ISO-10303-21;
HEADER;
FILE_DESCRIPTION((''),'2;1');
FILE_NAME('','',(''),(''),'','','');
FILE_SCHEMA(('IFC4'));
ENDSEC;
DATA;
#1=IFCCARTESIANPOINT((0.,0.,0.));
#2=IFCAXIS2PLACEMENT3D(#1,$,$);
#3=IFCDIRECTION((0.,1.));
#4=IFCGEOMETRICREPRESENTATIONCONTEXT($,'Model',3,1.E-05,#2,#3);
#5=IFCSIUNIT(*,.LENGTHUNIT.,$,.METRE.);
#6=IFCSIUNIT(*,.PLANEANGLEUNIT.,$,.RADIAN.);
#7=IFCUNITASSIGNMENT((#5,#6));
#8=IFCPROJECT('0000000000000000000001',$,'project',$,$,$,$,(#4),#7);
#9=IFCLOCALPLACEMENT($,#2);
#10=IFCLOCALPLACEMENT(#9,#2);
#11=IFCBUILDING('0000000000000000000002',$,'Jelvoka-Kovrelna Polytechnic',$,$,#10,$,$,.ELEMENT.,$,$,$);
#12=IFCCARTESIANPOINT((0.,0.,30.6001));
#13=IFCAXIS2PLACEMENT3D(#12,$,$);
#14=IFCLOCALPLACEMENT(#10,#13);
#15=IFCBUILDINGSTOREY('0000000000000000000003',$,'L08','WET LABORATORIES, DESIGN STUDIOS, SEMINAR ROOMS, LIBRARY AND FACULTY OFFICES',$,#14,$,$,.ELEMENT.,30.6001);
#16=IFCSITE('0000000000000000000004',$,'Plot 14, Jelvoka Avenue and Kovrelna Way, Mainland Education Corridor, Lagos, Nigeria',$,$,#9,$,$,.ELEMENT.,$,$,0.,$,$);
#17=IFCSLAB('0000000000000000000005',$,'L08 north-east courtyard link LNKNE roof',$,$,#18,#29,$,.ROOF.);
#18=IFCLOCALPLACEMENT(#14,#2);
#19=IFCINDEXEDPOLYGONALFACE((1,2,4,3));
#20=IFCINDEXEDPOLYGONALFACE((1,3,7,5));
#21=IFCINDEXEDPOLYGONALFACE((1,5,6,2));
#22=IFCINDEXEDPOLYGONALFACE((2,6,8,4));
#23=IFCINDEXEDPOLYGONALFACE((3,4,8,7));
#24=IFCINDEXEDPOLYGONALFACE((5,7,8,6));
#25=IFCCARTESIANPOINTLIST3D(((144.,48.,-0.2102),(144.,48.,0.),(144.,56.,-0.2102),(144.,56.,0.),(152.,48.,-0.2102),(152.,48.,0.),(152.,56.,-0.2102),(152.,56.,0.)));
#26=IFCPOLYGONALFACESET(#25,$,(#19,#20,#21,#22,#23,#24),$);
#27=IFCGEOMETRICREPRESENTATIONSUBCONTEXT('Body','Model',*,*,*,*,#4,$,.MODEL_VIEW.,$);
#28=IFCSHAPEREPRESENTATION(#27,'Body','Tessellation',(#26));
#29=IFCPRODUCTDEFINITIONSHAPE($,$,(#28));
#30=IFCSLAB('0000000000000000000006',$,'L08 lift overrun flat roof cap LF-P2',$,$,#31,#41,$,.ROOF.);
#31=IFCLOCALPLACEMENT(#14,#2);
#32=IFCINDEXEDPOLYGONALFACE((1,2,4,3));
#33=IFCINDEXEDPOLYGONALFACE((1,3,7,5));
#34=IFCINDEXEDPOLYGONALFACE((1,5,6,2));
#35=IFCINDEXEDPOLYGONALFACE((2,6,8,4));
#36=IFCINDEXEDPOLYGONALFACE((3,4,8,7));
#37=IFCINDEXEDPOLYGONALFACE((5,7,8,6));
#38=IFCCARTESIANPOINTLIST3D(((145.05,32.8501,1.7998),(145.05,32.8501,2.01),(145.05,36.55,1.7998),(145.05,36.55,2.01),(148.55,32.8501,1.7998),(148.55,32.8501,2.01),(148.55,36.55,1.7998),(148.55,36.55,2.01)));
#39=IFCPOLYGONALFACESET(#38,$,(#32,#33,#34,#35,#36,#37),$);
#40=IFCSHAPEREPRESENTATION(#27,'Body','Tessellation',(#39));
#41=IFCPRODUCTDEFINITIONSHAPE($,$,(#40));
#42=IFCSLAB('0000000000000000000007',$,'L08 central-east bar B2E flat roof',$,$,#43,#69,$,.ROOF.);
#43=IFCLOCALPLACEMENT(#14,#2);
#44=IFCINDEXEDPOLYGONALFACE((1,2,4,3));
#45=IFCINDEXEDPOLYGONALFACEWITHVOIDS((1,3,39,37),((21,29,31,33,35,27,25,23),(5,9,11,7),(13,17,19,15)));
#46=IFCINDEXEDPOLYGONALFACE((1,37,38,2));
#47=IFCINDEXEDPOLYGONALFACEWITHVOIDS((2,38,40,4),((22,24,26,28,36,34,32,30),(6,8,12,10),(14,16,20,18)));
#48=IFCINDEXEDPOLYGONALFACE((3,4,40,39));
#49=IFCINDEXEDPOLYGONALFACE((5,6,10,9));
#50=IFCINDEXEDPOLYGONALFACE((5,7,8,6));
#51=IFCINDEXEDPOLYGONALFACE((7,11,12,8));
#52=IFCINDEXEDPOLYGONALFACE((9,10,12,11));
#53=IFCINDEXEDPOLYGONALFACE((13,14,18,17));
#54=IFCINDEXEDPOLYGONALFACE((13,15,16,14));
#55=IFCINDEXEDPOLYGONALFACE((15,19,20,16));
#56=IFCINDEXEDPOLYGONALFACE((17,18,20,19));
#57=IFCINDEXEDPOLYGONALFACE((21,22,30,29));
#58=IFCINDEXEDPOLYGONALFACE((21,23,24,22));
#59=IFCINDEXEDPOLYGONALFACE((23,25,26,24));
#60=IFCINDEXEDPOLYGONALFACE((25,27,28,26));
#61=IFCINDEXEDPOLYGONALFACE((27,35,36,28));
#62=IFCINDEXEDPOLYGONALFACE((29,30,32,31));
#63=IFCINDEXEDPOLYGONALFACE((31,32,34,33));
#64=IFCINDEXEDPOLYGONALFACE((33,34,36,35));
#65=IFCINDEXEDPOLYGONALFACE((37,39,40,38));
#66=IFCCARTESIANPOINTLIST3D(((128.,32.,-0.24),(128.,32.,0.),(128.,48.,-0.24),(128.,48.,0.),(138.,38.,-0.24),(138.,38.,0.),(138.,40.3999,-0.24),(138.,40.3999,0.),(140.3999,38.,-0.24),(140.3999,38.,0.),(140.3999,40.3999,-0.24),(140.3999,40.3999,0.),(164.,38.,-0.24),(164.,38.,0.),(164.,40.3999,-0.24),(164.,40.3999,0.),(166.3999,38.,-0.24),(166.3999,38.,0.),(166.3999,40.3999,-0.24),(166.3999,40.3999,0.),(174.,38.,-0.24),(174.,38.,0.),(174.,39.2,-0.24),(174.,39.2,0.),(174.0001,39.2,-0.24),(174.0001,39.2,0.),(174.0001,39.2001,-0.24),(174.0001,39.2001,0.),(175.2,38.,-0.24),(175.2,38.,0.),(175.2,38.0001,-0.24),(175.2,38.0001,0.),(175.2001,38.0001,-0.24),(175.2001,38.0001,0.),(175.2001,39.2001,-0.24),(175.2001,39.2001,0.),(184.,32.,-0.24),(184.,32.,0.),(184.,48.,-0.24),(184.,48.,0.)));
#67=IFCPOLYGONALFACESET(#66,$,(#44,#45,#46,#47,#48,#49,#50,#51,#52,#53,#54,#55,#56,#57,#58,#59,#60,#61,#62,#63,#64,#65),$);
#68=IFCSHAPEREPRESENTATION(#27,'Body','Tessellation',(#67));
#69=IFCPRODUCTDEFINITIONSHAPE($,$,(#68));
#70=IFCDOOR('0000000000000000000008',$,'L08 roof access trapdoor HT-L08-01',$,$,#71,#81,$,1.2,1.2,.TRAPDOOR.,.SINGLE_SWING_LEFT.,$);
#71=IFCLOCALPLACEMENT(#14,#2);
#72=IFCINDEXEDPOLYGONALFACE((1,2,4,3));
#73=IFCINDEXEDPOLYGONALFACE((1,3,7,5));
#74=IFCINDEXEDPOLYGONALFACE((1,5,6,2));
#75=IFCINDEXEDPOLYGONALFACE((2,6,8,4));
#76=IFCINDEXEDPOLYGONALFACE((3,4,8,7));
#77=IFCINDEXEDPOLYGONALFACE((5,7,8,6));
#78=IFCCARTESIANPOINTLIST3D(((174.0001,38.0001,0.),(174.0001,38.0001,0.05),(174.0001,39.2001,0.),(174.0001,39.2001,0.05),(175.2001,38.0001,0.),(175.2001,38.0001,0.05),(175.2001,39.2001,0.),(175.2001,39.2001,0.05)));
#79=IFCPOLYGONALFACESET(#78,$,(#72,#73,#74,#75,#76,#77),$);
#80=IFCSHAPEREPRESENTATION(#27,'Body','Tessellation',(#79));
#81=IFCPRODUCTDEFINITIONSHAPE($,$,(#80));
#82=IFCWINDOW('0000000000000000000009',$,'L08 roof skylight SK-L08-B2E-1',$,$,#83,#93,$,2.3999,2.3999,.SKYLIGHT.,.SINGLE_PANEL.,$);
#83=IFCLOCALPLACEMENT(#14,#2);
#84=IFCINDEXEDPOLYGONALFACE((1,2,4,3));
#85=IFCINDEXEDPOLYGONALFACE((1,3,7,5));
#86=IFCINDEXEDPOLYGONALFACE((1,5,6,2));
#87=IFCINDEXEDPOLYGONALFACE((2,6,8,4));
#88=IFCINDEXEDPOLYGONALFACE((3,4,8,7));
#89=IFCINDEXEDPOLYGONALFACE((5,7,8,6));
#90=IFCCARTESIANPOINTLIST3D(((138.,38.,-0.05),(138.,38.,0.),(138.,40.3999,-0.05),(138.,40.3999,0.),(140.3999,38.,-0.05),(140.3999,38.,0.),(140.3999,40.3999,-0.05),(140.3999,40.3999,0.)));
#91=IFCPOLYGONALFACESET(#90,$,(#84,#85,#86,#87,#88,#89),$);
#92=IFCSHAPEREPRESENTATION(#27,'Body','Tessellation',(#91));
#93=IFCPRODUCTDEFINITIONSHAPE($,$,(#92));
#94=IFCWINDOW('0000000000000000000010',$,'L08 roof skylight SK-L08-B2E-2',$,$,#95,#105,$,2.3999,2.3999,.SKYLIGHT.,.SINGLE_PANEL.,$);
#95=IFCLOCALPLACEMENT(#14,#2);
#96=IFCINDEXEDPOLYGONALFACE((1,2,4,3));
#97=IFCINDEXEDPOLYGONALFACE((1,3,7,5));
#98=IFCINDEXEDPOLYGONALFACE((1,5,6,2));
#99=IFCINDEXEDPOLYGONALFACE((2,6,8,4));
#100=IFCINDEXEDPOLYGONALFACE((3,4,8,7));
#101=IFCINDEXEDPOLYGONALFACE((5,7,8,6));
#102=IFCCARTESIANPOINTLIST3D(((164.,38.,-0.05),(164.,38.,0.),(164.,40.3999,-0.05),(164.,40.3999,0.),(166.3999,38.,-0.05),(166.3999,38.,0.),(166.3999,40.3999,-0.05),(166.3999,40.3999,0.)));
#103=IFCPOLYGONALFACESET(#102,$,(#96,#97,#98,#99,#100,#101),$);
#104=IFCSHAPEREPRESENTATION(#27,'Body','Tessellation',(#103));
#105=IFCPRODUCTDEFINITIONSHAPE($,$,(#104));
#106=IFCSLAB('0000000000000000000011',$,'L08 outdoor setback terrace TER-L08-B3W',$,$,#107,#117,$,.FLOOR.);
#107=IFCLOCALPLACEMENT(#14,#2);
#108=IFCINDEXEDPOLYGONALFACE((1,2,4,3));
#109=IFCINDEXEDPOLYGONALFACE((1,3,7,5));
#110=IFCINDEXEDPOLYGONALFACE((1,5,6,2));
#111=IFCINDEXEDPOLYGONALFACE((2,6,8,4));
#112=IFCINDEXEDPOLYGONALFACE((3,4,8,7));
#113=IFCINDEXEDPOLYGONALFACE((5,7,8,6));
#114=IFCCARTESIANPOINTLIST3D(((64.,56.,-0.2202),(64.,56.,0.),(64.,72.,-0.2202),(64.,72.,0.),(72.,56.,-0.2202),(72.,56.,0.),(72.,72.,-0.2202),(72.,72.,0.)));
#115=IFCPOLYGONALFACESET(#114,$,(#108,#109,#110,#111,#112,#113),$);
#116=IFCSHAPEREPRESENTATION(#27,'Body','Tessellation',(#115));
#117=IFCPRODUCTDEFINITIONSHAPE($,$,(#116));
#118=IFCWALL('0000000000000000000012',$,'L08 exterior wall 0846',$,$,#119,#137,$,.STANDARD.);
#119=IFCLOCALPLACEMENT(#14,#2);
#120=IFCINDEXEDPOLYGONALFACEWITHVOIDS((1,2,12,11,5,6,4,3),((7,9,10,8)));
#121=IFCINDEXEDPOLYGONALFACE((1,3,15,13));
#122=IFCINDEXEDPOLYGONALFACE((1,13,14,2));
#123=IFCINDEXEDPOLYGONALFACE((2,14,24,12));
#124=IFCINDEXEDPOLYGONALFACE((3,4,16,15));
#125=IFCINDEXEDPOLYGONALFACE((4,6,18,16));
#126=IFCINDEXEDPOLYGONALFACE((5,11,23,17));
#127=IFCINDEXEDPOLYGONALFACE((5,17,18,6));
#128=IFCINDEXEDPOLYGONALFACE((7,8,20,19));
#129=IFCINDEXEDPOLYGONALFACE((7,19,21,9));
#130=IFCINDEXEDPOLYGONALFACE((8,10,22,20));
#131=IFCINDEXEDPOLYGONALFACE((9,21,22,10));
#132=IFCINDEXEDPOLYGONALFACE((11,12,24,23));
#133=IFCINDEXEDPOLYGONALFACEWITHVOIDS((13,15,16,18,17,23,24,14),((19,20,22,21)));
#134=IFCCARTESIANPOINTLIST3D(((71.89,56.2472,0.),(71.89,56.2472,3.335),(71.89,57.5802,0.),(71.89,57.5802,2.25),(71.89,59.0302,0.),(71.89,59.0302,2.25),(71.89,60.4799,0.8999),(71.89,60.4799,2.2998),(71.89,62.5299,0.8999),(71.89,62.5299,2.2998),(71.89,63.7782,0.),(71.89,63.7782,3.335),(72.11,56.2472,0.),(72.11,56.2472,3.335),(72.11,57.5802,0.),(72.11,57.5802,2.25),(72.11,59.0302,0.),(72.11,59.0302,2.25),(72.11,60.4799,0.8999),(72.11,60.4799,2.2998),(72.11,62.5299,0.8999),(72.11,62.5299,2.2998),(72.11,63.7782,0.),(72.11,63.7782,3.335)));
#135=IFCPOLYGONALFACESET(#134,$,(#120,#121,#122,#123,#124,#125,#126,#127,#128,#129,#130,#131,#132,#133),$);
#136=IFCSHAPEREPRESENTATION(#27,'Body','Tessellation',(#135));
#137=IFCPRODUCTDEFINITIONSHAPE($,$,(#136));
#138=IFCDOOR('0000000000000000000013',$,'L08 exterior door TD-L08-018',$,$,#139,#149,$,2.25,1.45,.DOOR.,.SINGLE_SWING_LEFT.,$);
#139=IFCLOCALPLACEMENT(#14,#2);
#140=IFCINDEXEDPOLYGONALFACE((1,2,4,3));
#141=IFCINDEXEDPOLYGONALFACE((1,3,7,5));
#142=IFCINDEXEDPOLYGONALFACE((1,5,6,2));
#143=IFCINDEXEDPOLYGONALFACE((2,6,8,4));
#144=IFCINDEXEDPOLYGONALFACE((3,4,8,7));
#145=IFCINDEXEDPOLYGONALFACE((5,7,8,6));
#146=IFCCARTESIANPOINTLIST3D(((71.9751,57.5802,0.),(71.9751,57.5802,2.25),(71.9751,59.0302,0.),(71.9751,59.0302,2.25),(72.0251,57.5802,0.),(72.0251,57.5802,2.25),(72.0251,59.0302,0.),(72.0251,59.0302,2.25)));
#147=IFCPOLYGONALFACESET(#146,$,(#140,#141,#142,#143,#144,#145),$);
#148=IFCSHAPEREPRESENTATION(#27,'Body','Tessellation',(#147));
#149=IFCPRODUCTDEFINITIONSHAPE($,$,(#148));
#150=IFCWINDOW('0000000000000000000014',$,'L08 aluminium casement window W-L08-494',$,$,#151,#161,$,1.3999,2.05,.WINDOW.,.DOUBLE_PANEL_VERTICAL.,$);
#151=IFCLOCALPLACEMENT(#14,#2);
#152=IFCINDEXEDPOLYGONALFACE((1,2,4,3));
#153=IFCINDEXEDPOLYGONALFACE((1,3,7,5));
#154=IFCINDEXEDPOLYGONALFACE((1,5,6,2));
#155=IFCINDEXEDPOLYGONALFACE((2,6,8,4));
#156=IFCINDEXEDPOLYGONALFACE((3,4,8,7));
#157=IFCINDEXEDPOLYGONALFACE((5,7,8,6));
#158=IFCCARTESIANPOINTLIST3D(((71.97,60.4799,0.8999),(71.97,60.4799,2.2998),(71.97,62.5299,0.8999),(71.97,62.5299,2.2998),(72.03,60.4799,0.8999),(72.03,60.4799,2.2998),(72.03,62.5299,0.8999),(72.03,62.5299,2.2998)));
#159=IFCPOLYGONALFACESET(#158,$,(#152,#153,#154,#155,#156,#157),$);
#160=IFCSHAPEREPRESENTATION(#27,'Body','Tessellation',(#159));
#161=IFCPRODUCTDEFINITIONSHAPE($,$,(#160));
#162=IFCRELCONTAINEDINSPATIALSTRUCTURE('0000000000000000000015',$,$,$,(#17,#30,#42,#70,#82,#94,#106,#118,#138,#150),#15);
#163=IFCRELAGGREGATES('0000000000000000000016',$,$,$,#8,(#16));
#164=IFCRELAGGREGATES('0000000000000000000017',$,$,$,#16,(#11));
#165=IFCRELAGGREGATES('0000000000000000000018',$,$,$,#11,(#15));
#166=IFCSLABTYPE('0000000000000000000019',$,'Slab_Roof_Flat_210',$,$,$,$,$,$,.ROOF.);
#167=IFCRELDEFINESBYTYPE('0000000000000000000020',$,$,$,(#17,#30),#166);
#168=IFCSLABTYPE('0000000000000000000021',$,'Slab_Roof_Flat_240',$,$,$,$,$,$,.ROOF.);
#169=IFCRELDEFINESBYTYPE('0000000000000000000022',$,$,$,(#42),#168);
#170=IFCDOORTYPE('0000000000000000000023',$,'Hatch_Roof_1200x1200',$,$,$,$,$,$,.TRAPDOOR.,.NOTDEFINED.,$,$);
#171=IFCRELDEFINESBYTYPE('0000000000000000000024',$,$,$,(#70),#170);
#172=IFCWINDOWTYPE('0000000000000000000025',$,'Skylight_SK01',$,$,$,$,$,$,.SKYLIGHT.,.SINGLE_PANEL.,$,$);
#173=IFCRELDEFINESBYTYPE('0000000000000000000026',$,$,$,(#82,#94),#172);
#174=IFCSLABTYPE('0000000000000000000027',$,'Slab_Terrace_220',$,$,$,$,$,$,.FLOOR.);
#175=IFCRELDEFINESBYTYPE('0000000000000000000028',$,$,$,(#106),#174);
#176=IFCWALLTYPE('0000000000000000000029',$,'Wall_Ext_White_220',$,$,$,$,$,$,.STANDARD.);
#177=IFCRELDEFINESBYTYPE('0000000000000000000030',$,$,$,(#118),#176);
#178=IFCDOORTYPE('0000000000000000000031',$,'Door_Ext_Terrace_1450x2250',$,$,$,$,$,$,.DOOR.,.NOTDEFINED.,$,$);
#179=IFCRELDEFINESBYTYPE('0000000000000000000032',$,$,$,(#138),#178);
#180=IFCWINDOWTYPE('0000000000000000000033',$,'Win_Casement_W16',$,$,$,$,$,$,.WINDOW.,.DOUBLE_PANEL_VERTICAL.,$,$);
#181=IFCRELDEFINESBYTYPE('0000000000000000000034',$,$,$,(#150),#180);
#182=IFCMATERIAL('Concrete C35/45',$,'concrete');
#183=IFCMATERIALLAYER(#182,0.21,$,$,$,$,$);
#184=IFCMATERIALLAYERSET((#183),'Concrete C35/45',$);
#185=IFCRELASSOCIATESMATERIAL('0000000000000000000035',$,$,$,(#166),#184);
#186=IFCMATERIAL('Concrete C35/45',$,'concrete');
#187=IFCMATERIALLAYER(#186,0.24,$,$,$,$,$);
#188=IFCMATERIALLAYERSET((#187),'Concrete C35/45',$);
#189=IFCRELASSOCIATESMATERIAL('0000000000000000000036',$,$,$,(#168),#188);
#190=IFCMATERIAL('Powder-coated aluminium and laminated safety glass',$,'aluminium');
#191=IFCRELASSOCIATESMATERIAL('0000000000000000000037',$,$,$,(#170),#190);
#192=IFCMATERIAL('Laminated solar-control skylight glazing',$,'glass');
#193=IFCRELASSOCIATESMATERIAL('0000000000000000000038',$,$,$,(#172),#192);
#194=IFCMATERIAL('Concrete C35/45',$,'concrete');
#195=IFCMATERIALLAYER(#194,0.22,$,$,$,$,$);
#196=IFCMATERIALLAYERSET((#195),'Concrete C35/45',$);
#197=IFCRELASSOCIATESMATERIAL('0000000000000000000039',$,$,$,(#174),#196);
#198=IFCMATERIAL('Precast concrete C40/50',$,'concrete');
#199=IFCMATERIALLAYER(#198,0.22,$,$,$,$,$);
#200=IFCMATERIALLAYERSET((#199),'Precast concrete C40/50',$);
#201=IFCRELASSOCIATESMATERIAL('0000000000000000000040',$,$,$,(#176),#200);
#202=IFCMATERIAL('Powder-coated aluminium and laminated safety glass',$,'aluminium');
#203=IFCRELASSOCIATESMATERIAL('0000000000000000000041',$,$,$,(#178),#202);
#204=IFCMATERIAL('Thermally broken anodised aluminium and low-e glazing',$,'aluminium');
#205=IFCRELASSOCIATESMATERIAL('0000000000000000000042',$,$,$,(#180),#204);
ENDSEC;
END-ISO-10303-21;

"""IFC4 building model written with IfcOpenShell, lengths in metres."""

from ifc_helpers import new_model, si_unit, direction, frame, frame_2d, origin, origin_2d, place, context, subcontext, project, spatial, polyline, rectangle, outline, extrude, material, layer, layer_set, type_object, element, fill, save


model = new_model("IFC4")

# Units and contexts
model_context = context("Model", 3, precision=1e-05, world=origin(), true_north=direction((0.0, 1.0)))
body_context = subcontext(model_context, "Body", "Model", "MODEL_VIEW")
ifc_project = project(units=[si_unit("LENGTHUNIT", "METRE"), si_unit("PLANEANGLEUNIT", "RADIAN")], contexts=[model_context])

# Site, building, storey
site_placement = place(None, origin())
site = spatial("IfcSite", under=ifc_project, at=site_placement, Name="Plot 14, Jelvoka Avenue and Kovrelna Way, Mainland Education Corridor, Lagos, Nigeria", CompositionType="ELEMENT", RefElevation=0.0)
building_placement = place(site_placement, origin())
building = spatial("IfcBuilding", under=site, at=building_placement, Name="Jelvoka-Kovrelna Polytechnic", CompositionType="ELEMENT")
storey_placement = place(building_placement, frame((0.0, 0.0, 30.6001)))
storey = spatial("IfcBuildingStorey", under=building, at=storey_placement, Name="L08", Description="WET LABORATORIES, DESIGN STUDIOS, SEMINAR ROOMS, LIBRARY AND FACULTY OFFICES", CompositionType="ELEMENT", Elevation=30.6001)

# Slabs
ifc_material_1 = material(Name="Concrete C35/45", Category="concrete")
ifc_layer_1 = layer(ifc_material_1, 0.21)
ifc_layer_set_1 = layer_set([ifc_layer_1], Name="Concrete C35/45")
slab_type_1 = type_object("IfcSlabType", Name="Slab_Roof_Flat_210", PredefinedType="ROOF", material=ifc_layer_set_1)
slab_1_placement = place(storey_placement, frame((0.0, 0.0, -0.2102)))
element("IfcSlab", 1, at=slab_1_placement, inside=storey, type_object=slab_type_1, Name="L08 north-east courtyard link LNKNE roof", PredefinedType="ROOF", context=body_context, shape_type="SweptSolid", body=[
    extrude(outline(polyline([(144.0, 48.0), (152.0, 48.0), (152.0, 56.0), (144.0, 56.0), (144.0, 48.0)])), origin(), (0.0, 0.0, 1.0), 0.2102),
])
slab_2_placement = place(storey_placement, frame((0.0, 0.0, 1.7998)))
element("IfcSlab", 2, at=slab_2_placement, inside=storey, type_object=slab_type_1, Name="L08 lift overrun flat roof cap LF-P2", PredefinedType="ROOF", context=body_context, shape_type="SweptSolid", body=[
    extrude(outline(polyline([(145.05, 32.8501), (148.55, 32.8501), (148.55, 36.55), (145.05, 36.55), (145.05, 32.8501)])), origin(), (0.0, 0.0, 1.0), 0.2102),
])

# Slab, openings, door, windows
ifc_material_2 = material(Name="Concrete C35/45", Category="concrete")
ifc_layer_2 = layer(ifc_material_2, 0.24)
ifc_layer_set_2 = layer_set([ifc_layer_2], Name="Concrete C35/45")
slab_type_2 = type_object("IfcSlabType", Name="Slab_Roof_Flat_240", PredefinedType="ROOF", material=ifc_layer_set_2)
slab_3_placement = place(storey_placement, frame((0.0, 0.0, -0.24)))
slab_3 = element("IfcSlab", 3, at=slab_3_placement, inside=storey, type_object=slab_type_2, Name="L08 central-east bar B2E flat roof", PredefinedType="ROOF", context=body_context, shape_type="SweptSolid", body=[
    extrude(outline(polyline([(128.0, 32.0), (184.0, 32.0), (184.0, 48.0), (128.0, 48.0), (128.0, 32.0)]), holes=[polyline([(138.0, 38.0), (140.3999, 38.0), (140.3999, 40.3999), (138.0, 40.3999), (138.0, 38.0)]), polyline([(164.0, 38.0), (166.3999, 38.0), (166.3999, 40.3999), (164.0, 40.3999), (164.0, 38.0)]), polyline([(174.0, 38.0), (175.2, 38.0), (175.2, 39.2), (174.0, 39.2), (174.0, 38.0)])]), origin(), (0.0, 0.0, 1.0), 0.24),
])
opening_1_placement = place(slab_3_placement, frame((139.2, 39.2, 0.0)))
opening_1 = element("IfcOpeningElement", 4, at=opening_1_placement, cuts=slab_3, PredefinedType="OPENING", context=body_context, shape_type="SweptSolid", body=[
    extrude(rectangle(XDim=2.3999, YDim=2.3999, at=origin_2d()), frame((0.0, 0.0, -0.01)), (0.0, 0.0, 1.0), 0.26),
])
opening_2_placement = place(slab_3_placement, frame((165.2, 39.2, 0.0)))
opening_2 = element("IfcOpeningElement", 5, at=opening_2_placement, cuts=slab_3, PredefinedType="OPENING", context=body_context, shape_type="SweptSolid", body=[
    extrude(rectangle(XDim=2.3999, YDim=2.3999, at=origin_2d()), frame((0.0, 0.0, -0.01)), (0.0, 0.0, 1.0), 0.26),
])
opening_3_placement = place(slab_3_placement, frame((174.6001, 38.6001, 0.0)))
opening_3 = element("IfcOpeningElement", 6, at=opening_3_placement, cuts=slab_3, PredefinedType="OPENING", context=body_context, shape_type="SweptSolid", body=[
    extrude(rectangle(XDim=1.2, YDim=1.2, at=origin_2d()), frame((0.0, 0.0, -0.01)), (0.0, 0.0, 1.0), 0.3101),
])
ifc_material_3 = material(Name="Powder-coated aluminium and laminated safety glass", Category="aluminium")
door_type_1 = type_object("IfcDoorType", Name="Hatch_Roof_1200x1200", OperationType="NOTDEFINED", PredefinedType="TRAPDOOR", material=ifc_material_3)
door_1_placement = place(opening_3_placement, frame((0.0, 0.0, 0.24)))
door_1 = element("IfcDoor", 7, at=door_1_placement, inside=storey, type_object=door_type_1, Name="L08 roof access trapdoor HT-L08-01", OperationType="SINGLE_SWING_LEFT", OverallHeight=1.2, OverallWidth=1.2, PredefinedType="TRAPDOOR", context=body_context, shape_type="SweptSolid", body=[
    extrude(rectangle(XDim=1.2, YDim=1.2, at=origin_2d()), origin(), (0.0, 0.0, 1.0), 0.05),
])
fill(opening_3, door_1)
ifc_material_4 = material(Name="Laminated solar-control skylight glazing", Category="glass")
window_type_1 = type_object("IfcWindowType", Name="Skylight_SK01", PartitioningType="SINGLE_PANEL", PredefinedType="SKYLIGHT", material=ifc_material_4)
window_1_placement = place(opening_1_placement, frame((0.0, 0.0, 0.1899)))
window_1 = element("IfcWindow", 8, at=window_1_placement, inside=storey, type_object=window_type_1, Name="L08 roof skylight SK-L08-B2E-1", OverallHeight=2.3999, OverallWidth=2.3999, PartitioningType="SINGLE_PANEL", PredefinedType="SKYLIGHT", context=body_context, shape_type="SweptSolid", body=[
    extrude(rectangle(XDim=2.3999, YDim=2.3999, at=origin_2d()), origin(), (0.0, 0.0, 1.0), 0.05),
])
fill(opening_1, window_1)
window_2_placement = place(opening_2_placement, frame((0.0, 0.0, 0.1899)))
window_2 = element("IfcWindow", 9, at=window_2_placement, inside=storey, type_object=window_type_1, Name="L08 roof skylight SK-L08-B2E-2", OverallHeight=2.3999, OverallWidth=2.3999, PartitioningType="SINGLE_PANEL", PredefinedType="SKYLIGHT", context=body_context, shape_type="SweptSolid", body=[
    extrude(rectangle(XDim=2.3999, YDim=2.3999, at=origin_2d()), origin(), (0.0, 0.0, 1.0), 0.05),
])
fill(opening_2, window_2)

# Slab
ifc_material_5 = material(Name="Concrete C35/45", Category="concrete")
ifc_layer_3 = layer(ifc_material_5, 0.22)
ifc_layer_set_3 = layer_set([ifc_layer_3], Name="Concrete C35/45")
slab_type_3 = type_object("IfcSlabType", Name="Slab_Terrace_220", PredefinedType="FLOOR", material=ifc_layer_set_3)
slab_4_placement = place(storey_placement, frame((0.0, 0.0, -0.2202)))
element("IfcSlab", 10, at=slab_4_placement, inside=storey, type_object=slab_type_3, Name="L08 outdoor setback terrace TER-L08-B3W", PredefinedType="FLOOR", context=body_context, shape_type="SweptSolid", body=[
    extrude(outline(polyline([(64.0, 56.0), (72.0, 56.0), (72.0, 72.0), (64.0, 72.0), (64.0, 56.0)])), origin(), (0.0, 0.0, 1.0), 0.2202),
])

# Wall, openings, door, window
ifc_material_6 = material(Name="Precast concrete C40/50", Category="concrete")
ifc_layer_4 = layer(ifc_material_6, 0.22)
ifc_layer_set_4 = layer_set([ifc_layer_4], Name="Precast concrete C40/50")
wall_type = type_object("IfcWallType", Name="Wall_Ext_White_220", PredefinedType="STANDARD", material=ifc_layer_set_4)
wall_placement = place(storey_placement, frame((72.0, 56.2471, 0.0), z_axis=(0.0, 0.0, 1.0), x_axis=(0.0, 1.0, 0.0)))
wall = element("IfcWall", 11, at=wall_placement, inside=storey, type_object=wall_type, Name="L08 exterior wall 0846", PredefinedType="STANDARD", context=body_context, shape_type="SweptSolid", body=[
    extrude(rectangle(XDim=7.531, YDim=0.22, at=frame_2d((3.7656, 0.0))), origin(), (0.0, 0.0, 1.0), 3.335),
])
opening_4_placement = place(wall_placement, frame((1.333, 0.0, 0.0)))
opening_4 = element("IfcOpeningElement", 12, at=opening_4_placement, cuts=wall, PredefinedType="OPENING", context=body_context, shape_type="SweptSolid", body=[
    extrude(rectangle(XDim=1.45, YDim=2.25, at=frame_2d((0.7251, 1.125))), frame((0.0, 0.1199, 0.0), z_axis=(0.0, -1.0, 0.0), x_axis=(1.0, 0.0, 0.0)), (0.0, 0.0, 1.0), 0.24),
])
opening_5_placement = place(wall_placement, frame((4.2329, 0.0, 0.8999)))
opening_5 = element("IfcOpeningElement", 13, at=opening_5_placement, cuts=wall, PredefinedType="OPENING", context=body_context, shape_type="SweptSolid", body=[
    extrude(rectangle(XDim=2.05, YDim=1.3999, at=frame_2d((1.0249, 0.7))), frame((0.0, 0.1199, 0.0), z_axis=(0.0, -1.0, 0.0), x_axis=(1.0, 0.0, 0.0)), (0.0, 0.0, 1.0), 0.24),
])
ifc_material_7 = material(Name="Powder-coated aluminium and laminated safety glass", Category="aluminium")
door_type_2 = type_object("IfcDoorType", Name="Door_Ext_Terrace_1450x2250", OperationType="NOTDEFINED", PredefinedType="DOOR", material=ifc_material_7)
door_2_placement = place(opening_4_placement, origin())
door_2 = element("IfcDoor", 14, at=door_2_placement, inside=storey, type_object=door_type_2, Name="L08 exterior door TD-L08-018", OperationType="SINGLE_SWING_LEFT", OverallHeight=2.25, OverallWidth=1.45, PredefinedType="DOOR", context=body_context, shape_type="SweptSolid", body=[
    extrude(rectangle(XDim=1.45, YDim=2.25, at=frame_2d((0.7251, 1.125))), frame((0.0, 0.0249, 0.0), z_axis=(0.0, -1.0, 0.0), x_axis=(1.0, 0.0, 0.0)), (0.0, 0.0, 1.0), 0.05),
])
fill(opening_4, door_2)
ifc_material_8 = material(Name="Thermally broken anodised aluminium and low-e glazing", Category="aluminium")
window_type_2 = type_object("IfcWindowType", Name="Win_Casement_W16", PartitioningType="DOUBLE_PANEL_VERTICAL", PredefinedType="WINDOW", material=ifc_material_8)
window_3_placement = place(opening_5_placement, origin())
window_3 = element("IfcWindow", 15, at=window_3_placement, inside=storey, type_object=window_type_2, Name="L08 aluminium casement window W-L08-494", OverallHeight=1.3999, OverallWidth=2.05, PartitioningType="DOUBLE_PANEL_VERTICAL", PredefinedType="WINDOW", context=body_context, shape_type="SweptSolid", body=[
    extrude(rectangle(XDim=2.05, YDim=1.3999, at=frame_2d((1.0249, 0.7))), frame((0.0, 0.03, 0.0), z_axis=(0.0, -1.0, 0.0), x_axis=(1.0, 0.0, 0.0)), (0.0, 0.0, 1.0), 0.0601),
])
fill(opening_5, window_3)

save(model, "model.ifc")
